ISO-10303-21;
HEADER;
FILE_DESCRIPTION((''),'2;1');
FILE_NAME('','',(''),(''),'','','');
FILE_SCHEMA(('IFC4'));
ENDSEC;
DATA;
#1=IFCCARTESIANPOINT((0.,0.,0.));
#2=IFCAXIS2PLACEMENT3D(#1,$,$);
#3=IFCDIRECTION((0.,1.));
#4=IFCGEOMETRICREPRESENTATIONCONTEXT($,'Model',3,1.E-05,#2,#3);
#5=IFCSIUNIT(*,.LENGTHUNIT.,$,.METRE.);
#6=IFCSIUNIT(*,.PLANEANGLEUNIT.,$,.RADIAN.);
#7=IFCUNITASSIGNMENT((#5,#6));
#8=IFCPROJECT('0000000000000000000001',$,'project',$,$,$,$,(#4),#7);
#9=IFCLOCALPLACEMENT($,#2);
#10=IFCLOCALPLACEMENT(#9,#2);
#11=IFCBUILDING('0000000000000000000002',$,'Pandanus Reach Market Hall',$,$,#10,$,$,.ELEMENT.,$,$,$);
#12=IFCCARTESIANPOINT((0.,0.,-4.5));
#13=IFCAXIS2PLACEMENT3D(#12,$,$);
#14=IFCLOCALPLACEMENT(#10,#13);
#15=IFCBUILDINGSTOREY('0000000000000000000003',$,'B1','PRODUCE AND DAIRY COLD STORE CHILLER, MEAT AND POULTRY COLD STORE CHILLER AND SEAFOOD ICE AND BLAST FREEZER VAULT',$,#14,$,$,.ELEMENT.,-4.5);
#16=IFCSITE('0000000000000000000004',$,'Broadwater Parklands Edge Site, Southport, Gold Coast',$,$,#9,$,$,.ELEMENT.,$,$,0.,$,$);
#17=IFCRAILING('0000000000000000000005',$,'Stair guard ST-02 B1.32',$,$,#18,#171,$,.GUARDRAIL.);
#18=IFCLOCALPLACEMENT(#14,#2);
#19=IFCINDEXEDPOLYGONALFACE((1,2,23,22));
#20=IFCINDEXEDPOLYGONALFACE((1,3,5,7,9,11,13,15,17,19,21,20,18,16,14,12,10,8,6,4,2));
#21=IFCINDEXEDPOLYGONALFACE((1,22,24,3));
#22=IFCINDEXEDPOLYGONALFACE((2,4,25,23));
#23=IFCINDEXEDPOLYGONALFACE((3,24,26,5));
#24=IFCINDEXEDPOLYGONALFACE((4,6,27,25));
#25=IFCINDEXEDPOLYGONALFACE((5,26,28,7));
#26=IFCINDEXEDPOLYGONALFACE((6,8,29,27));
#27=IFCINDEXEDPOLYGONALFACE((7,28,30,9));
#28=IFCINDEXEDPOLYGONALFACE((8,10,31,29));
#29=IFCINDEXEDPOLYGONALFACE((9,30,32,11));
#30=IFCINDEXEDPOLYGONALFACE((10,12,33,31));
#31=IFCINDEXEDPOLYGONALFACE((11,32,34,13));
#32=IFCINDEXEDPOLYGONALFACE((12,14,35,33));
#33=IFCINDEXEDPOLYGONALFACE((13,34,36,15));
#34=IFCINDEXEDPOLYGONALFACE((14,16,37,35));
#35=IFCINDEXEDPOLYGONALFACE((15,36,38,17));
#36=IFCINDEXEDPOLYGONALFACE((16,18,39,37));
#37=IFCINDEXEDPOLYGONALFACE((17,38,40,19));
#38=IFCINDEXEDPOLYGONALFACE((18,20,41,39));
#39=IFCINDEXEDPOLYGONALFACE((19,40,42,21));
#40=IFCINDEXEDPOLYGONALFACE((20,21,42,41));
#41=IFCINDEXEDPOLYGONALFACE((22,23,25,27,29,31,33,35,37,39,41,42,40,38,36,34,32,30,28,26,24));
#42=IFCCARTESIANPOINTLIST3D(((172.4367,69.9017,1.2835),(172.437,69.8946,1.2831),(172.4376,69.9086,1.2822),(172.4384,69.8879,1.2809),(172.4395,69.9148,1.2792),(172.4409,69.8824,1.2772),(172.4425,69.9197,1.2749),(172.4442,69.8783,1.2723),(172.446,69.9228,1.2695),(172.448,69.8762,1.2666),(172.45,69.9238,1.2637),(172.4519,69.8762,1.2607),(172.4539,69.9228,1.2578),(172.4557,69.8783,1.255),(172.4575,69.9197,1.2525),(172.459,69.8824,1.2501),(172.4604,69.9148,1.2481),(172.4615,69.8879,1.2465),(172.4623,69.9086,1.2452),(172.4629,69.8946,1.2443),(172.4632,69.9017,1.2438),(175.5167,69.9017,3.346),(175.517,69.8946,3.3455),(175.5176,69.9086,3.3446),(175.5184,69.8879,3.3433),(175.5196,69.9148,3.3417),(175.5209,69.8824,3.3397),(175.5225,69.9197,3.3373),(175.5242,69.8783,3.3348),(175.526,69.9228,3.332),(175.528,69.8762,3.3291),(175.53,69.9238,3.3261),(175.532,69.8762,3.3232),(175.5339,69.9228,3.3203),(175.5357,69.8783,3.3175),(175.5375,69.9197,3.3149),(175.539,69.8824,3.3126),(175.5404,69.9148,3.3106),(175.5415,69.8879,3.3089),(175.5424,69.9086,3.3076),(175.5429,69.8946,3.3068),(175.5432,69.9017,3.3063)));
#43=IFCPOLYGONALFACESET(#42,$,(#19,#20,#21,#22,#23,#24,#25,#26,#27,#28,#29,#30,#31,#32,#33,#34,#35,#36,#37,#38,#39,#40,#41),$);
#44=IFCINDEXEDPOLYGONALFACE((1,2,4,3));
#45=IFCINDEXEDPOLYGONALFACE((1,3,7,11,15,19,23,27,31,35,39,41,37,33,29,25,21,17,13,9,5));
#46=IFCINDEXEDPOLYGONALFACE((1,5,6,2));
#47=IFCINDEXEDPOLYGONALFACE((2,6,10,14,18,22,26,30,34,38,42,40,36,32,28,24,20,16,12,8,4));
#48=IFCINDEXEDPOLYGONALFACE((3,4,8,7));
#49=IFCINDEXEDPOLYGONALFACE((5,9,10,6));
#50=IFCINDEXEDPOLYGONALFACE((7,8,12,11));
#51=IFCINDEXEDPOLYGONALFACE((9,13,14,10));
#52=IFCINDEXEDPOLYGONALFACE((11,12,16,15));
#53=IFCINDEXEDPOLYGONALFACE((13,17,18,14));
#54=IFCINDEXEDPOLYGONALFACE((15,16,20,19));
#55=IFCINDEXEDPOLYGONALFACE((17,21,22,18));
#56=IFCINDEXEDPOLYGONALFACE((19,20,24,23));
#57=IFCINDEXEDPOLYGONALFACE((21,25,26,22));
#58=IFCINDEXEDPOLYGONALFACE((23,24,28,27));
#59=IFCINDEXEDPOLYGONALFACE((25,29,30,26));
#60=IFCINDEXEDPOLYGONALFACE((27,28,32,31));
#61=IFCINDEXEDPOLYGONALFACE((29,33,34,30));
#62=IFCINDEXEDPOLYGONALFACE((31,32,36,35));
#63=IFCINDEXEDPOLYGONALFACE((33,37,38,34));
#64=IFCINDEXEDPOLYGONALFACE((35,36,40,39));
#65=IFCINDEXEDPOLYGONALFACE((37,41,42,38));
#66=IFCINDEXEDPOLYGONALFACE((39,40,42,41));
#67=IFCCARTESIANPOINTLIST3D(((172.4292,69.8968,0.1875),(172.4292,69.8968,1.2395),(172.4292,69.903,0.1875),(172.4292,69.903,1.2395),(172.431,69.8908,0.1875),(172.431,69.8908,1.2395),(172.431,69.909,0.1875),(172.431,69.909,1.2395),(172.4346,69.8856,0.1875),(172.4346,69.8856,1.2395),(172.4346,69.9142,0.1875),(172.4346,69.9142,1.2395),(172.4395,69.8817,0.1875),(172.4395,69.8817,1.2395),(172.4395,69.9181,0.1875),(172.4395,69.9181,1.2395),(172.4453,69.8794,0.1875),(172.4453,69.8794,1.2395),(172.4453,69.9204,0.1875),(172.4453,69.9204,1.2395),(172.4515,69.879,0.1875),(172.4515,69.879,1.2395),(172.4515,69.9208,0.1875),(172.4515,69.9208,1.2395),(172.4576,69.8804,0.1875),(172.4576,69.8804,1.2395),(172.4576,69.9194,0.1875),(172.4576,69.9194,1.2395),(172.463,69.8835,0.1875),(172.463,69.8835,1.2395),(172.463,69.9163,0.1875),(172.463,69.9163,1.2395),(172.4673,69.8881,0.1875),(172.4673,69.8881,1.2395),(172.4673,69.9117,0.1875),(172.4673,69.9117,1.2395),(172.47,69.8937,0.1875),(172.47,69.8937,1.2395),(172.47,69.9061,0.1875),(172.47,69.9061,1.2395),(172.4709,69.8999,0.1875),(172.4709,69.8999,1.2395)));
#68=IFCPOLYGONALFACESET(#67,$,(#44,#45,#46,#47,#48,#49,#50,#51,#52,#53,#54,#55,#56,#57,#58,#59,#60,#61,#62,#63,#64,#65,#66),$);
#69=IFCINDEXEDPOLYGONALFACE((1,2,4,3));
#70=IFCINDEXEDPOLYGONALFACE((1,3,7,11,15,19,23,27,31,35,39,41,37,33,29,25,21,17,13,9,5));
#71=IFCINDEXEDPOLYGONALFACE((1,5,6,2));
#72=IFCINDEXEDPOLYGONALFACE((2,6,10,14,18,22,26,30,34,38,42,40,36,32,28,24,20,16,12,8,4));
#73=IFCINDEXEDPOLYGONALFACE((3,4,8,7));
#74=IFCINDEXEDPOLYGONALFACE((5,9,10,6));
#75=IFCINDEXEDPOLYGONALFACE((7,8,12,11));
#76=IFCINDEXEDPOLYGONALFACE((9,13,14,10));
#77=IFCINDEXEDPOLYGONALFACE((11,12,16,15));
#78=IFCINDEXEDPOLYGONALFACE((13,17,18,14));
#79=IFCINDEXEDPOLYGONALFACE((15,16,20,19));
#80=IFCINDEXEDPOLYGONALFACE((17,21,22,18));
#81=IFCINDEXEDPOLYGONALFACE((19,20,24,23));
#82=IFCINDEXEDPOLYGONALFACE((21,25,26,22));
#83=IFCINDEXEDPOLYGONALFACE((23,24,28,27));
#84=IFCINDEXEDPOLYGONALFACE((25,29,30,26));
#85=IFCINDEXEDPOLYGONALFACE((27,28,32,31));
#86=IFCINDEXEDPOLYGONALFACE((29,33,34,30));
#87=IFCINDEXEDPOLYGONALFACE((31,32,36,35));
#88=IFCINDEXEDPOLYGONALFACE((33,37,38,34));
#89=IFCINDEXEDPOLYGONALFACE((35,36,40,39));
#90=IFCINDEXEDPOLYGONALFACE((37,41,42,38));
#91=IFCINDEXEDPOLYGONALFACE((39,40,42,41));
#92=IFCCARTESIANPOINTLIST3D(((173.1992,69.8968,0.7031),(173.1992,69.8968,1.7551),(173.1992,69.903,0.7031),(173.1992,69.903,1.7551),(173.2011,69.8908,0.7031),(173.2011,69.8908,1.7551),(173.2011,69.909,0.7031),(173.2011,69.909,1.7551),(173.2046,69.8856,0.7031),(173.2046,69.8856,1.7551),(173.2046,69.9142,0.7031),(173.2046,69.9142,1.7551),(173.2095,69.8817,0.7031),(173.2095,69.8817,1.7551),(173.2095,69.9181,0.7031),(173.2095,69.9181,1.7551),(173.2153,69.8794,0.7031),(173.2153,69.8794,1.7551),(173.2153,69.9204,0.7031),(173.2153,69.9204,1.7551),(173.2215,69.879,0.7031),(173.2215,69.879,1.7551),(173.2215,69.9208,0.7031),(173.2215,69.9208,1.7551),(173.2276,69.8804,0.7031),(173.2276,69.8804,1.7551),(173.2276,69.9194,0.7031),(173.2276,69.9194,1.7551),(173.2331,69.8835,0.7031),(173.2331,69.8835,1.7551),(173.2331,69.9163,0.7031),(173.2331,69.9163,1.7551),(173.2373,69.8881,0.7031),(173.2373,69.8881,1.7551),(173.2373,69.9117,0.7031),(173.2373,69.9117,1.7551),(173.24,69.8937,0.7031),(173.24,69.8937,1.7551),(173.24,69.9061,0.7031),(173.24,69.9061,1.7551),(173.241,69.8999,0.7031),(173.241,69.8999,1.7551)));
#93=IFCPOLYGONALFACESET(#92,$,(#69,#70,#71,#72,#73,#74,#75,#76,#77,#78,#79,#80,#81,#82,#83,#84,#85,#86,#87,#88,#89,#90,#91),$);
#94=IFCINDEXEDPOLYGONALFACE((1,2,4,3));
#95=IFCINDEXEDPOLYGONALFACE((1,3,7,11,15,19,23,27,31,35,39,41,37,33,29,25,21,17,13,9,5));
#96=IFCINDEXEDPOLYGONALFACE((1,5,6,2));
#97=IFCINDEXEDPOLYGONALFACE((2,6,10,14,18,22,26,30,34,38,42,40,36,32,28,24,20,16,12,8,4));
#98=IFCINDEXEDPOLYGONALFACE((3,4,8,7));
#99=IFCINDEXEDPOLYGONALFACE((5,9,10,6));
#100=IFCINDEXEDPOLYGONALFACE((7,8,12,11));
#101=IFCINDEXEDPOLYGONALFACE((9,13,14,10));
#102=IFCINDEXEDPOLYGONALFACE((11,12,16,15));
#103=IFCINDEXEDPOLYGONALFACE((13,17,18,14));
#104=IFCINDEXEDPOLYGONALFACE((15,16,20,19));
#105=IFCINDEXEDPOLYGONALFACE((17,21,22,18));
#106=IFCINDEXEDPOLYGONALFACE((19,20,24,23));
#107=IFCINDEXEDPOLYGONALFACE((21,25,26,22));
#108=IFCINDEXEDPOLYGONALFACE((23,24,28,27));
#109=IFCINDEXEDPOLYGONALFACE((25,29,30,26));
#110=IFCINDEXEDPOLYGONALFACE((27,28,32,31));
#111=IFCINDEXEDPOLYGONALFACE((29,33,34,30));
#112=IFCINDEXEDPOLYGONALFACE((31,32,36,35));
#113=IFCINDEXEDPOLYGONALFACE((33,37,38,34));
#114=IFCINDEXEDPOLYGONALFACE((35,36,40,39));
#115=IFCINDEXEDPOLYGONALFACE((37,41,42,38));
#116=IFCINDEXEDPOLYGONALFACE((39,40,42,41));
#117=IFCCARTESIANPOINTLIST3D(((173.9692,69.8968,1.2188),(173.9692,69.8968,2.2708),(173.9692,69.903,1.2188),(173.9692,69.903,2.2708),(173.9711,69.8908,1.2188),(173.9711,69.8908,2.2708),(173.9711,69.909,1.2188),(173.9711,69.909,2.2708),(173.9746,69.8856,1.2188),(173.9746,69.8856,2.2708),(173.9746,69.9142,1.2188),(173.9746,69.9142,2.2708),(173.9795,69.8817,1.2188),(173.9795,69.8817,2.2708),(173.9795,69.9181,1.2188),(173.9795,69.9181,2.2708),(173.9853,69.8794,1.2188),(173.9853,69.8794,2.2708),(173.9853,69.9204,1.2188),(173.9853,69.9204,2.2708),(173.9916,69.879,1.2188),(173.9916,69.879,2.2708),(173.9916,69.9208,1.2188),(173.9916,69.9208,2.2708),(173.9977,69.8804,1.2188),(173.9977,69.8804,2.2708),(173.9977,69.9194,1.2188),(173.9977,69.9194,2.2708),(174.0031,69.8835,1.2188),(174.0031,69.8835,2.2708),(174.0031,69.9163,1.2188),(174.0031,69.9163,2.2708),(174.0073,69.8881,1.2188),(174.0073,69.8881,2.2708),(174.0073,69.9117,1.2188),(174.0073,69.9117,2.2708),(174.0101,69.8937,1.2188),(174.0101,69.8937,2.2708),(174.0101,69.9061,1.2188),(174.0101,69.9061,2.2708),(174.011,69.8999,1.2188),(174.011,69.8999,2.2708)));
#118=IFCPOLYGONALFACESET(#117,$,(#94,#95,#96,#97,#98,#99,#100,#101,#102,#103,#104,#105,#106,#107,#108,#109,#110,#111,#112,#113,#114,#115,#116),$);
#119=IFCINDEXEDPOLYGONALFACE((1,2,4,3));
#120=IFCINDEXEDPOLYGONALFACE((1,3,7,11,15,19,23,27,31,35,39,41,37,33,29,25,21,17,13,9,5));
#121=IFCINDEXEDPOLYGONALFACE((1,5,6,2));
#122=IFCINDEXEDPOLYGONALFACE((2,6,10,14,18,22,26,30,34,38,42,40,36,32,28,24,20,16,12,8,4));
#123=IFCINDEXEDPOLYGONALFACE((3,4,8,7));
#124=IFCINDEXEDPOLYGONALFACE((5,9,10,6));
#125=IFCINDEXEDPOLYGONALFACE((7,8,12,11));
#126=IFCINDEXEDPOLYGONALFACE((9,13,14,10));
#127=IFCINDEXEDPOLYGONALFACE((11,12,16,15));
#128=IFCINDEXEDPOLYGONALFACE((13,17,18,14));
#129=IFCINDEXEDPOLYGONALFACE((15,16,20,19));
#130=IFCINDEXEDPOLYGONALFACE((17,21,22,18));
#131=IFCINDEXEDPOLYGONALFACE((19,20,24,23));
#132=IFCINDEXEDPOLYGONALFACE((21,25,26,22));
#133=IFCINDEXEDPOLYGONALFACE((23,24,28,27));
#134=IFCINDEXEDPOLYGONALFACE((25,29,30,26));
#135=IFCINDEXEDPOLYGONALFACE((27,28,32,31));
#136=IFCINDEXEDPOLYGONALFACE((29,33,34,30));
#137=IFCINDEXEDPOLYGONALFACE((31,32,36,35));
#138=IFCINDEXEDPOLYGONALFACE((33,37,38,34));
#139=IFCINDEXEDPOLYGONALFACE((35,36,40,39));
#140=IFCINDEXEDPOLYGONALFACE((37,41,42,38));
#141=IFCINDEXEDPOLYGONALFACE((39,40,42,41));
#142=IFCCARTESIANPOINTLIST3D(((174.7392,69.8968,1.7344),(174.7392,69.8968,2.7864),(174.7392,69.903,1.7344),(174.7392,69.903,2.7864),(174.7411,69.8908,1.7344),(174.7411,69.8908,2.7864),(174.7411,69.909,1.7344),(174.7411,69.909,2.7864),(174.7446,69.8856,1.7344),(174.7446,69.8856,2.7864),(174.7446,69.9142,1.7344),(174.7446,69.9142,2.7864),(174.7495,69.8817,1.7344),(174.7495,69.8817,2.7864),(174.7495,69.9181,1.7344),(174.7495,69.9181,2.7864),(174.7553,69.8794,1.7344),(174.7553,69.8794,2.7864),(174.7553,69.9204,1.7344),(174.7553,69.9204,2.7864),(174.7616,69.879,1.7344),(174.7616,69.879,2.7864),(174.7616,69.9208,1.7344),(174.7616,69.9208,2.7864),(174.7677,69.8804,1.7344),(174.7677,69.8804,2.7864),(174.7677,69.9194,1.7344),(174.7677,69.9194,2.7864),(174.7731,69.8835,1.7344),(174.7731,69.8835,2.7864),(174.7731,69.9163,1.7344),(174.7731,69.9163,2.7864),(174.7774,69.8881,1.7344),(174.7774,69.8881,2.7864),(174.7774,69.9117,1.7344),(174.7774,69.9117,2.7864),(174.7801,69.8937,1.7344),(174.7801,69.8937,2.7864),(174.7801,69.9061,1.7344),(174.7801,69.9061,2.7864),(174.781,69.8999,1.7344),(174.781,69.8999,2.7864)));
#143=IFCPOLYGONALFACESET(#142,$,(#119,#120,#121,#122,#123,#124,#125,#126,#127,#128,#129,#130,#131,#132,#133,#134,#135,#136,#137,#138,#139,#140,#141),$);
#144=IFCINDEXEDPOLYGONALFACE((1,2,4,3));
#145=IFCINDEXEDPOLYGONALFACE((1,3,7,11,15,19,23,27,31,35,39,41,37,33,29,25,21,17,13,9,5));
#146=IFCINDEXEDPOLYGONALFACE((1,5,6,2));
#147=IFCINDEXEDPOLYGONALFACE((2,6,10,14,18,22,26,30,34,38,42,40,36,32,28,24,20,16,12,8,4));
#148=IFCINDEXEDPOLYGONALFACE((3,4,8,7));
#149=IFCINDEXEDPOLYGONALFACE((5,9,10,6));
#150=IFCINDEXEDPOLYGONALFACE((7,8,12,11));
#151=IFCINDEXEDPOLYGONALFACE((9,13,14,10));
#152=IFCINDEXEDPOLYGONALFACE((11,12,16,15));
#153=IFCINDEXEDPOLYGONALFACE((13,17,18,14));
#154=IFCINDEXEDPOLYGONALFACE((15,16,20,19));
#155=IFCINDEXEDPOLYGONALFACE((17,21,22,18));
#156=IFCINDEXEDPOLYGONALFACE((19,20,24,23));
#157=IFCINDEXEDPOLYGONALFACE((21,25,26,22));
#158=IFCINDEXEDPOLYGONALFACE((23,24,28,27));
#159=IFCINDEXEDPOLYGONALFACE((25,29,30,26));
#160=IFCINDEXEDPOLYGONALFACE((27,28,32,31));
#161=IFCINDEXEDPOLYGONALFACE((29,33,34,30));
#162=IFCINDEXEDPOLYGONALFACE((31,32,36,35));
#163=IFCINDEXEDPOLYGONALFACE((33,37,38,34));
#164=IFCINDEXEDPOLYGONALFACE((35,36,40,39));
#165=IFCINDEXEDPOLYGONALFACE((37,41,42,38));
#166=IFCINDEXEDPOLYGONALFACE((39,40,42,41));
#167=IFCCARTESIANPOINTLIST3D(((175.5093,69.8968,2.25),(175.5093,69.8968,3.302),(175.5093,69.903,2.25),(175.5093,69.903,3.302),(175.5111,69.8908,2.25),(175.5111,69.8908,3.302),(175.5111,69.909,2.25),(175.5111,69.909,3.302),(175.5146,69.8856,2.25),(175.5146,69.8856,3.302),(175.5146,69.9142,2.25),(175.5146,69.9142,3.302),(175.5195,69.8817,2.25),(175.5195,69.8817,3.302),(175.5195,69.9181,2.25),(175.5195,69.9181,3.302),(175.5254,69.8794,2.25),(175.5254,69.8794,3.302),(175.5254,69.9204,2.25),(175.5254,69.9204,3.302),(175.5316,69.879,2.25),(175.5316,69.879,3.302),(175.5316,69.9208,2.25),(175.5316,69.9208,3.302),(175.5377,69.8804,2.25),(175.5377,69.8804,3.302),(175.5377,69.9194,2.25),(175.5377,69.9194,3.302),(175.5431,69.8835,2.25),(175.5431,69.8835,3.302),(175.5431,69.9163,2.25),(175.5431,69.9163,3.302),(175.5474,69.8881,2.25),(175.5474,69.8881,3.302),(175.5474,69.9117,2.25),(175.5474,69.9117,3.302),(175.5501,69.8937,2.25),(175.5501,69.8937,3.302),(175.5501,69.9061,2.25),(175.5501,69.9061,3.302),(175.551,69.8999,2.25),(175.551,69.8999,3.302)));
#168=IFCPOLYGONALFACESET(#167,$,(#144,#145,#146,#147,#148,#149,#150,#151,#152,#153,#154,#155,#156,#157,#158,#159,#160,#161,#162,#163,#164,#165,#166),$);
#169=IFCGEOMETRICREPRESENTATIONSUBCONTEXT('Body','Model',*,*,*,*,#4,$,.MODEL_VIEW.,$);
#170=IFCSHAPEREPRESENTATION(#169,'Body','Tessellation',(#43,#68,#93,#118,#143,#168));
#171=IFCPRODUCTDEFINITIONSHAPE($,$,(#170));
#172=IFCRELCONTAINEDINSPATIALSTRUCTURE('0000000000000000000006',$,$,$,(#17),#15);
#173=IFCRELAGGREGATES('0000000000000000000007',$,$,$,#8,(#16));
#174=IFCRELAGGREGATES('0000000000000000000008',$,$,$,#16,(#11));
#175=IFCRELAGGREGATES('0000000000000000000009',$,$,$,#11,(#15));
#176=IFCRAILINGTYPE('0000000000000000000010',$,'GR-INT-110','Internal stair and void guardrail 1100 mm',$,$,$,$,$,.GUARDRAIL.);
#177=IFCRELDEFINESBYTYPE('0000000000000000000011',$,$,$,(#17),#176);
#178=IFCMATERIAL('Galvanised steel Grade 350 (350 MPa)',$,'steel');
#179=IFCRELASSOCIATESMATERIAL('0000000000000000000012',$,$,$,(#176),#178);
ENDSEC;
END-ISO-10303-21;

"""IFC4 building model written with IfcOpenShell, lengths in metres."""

from ifc_helpers import new_model, si_unit, direction, frame, origin, origin_2d, place, context, subcontext, project, spatial, circle, extrude, material, type_object, element, save


model = new_model("IFC4")

# Units and contexts
model_context = context("Model", 3, precision=1e-05, world=origin(), true_north=direction((0.0, 1.0)))
body_context = subcontext(model_context, "Body", "Model", "MODEL_VIEW")
ifc_project = project(units=[si_unit("LENGTHUNIT", "METRE"), si_unit("PLANEANGLEUNIT", "RADIAN")], contexts=[model_context])

# Site, building, storey
site_placement = place(None, origin())
site = spatial("IfcSite", under=ifc_project, at=site_placement, Name="Broadwater Parklands Edge Site, Southport, Gold Coast", CompositionType="ELEMENT", RefElevation=0.0)
building_placement = place(site_placement, origin())
building = spatial("IfcBuilding", under=site, at=building_placement, Name="Pandanus Reach Market Hall", CompositionType="ELEMENT")
storey_placement = place(building_placement, frame((0.0, 0.0, -4.5)))
storey = spatial("IfcBuildingStorey", under=building, at=storey_placement, Name="B1", Description="PRODUCE AND DAIRY COLD STORE CHILLER, MEAT AND POULTRY COLD STORE CHILLER AND SEAFOOD ICE AND BLAST FREEZER VAULT", CompositionType="ELEMENT", Elevation=-4.5)

# Railing
ifc_material_1 = material(Name="Galvanised steel Grade 350 (350 MPa)", Category="steel")
railing_type_1 = type_object("IfcRailingType", Name="GR-INT-110", Description="Internal stair and void guardrail 1100 mm", PredefinedType="GUARDRAIL", material=ifc_material_1)
railing_1_placement = place(storey_placement, frame((172.45, 69.8999, 0.1875)))
element("IfcRailing", 1, at=railing_1_placement, inside=storey, type_object=railing_type_1, Name="Stair guard ST-02 B1.32", PredefinedType="GUARDRAIL", context=body_context, shape_type="SweptSolid", body=[
    extrude(circle(Radius=0.0239, at=origin_2d()), frame((0.0, 0.0, 1.0762), z_axis=(0.830914, 0.0, 0.556401), x_axis=(0.0, 1.0, 0.0)), (0.0, 0.0, 1.0), 3.7068),
    extrude(circle(Radius=0.021, at=origin_2d()), origin(), (0.0, 0.0, 1.0), 1.052),
    extrude(circle(Radius=0.021, at=origin_2d()), frame((0.77, 0.0, 0.5156)), (0.0, 0.0, 1.0), 1.052),
    extrude(circle(Radius=0.021, at=origin_2d()), frame((1.54, 0.0, 1.0312)), (0.0, 0.0, 1.0), 1.052),
    extrude(circle(Radius=0.021, at=origin_2d()), frame((2.3101, 0.0, 1.5469)), (0.0, 0.0, 1.0), 1.052),
    extrude(circle(Radius=0.021, at=origin_2d()), frame((3.0801, 0.0, 2.0625)), (0.0, 0.0, 1.0), 1.052),
])

save(model, "model.ifc")
